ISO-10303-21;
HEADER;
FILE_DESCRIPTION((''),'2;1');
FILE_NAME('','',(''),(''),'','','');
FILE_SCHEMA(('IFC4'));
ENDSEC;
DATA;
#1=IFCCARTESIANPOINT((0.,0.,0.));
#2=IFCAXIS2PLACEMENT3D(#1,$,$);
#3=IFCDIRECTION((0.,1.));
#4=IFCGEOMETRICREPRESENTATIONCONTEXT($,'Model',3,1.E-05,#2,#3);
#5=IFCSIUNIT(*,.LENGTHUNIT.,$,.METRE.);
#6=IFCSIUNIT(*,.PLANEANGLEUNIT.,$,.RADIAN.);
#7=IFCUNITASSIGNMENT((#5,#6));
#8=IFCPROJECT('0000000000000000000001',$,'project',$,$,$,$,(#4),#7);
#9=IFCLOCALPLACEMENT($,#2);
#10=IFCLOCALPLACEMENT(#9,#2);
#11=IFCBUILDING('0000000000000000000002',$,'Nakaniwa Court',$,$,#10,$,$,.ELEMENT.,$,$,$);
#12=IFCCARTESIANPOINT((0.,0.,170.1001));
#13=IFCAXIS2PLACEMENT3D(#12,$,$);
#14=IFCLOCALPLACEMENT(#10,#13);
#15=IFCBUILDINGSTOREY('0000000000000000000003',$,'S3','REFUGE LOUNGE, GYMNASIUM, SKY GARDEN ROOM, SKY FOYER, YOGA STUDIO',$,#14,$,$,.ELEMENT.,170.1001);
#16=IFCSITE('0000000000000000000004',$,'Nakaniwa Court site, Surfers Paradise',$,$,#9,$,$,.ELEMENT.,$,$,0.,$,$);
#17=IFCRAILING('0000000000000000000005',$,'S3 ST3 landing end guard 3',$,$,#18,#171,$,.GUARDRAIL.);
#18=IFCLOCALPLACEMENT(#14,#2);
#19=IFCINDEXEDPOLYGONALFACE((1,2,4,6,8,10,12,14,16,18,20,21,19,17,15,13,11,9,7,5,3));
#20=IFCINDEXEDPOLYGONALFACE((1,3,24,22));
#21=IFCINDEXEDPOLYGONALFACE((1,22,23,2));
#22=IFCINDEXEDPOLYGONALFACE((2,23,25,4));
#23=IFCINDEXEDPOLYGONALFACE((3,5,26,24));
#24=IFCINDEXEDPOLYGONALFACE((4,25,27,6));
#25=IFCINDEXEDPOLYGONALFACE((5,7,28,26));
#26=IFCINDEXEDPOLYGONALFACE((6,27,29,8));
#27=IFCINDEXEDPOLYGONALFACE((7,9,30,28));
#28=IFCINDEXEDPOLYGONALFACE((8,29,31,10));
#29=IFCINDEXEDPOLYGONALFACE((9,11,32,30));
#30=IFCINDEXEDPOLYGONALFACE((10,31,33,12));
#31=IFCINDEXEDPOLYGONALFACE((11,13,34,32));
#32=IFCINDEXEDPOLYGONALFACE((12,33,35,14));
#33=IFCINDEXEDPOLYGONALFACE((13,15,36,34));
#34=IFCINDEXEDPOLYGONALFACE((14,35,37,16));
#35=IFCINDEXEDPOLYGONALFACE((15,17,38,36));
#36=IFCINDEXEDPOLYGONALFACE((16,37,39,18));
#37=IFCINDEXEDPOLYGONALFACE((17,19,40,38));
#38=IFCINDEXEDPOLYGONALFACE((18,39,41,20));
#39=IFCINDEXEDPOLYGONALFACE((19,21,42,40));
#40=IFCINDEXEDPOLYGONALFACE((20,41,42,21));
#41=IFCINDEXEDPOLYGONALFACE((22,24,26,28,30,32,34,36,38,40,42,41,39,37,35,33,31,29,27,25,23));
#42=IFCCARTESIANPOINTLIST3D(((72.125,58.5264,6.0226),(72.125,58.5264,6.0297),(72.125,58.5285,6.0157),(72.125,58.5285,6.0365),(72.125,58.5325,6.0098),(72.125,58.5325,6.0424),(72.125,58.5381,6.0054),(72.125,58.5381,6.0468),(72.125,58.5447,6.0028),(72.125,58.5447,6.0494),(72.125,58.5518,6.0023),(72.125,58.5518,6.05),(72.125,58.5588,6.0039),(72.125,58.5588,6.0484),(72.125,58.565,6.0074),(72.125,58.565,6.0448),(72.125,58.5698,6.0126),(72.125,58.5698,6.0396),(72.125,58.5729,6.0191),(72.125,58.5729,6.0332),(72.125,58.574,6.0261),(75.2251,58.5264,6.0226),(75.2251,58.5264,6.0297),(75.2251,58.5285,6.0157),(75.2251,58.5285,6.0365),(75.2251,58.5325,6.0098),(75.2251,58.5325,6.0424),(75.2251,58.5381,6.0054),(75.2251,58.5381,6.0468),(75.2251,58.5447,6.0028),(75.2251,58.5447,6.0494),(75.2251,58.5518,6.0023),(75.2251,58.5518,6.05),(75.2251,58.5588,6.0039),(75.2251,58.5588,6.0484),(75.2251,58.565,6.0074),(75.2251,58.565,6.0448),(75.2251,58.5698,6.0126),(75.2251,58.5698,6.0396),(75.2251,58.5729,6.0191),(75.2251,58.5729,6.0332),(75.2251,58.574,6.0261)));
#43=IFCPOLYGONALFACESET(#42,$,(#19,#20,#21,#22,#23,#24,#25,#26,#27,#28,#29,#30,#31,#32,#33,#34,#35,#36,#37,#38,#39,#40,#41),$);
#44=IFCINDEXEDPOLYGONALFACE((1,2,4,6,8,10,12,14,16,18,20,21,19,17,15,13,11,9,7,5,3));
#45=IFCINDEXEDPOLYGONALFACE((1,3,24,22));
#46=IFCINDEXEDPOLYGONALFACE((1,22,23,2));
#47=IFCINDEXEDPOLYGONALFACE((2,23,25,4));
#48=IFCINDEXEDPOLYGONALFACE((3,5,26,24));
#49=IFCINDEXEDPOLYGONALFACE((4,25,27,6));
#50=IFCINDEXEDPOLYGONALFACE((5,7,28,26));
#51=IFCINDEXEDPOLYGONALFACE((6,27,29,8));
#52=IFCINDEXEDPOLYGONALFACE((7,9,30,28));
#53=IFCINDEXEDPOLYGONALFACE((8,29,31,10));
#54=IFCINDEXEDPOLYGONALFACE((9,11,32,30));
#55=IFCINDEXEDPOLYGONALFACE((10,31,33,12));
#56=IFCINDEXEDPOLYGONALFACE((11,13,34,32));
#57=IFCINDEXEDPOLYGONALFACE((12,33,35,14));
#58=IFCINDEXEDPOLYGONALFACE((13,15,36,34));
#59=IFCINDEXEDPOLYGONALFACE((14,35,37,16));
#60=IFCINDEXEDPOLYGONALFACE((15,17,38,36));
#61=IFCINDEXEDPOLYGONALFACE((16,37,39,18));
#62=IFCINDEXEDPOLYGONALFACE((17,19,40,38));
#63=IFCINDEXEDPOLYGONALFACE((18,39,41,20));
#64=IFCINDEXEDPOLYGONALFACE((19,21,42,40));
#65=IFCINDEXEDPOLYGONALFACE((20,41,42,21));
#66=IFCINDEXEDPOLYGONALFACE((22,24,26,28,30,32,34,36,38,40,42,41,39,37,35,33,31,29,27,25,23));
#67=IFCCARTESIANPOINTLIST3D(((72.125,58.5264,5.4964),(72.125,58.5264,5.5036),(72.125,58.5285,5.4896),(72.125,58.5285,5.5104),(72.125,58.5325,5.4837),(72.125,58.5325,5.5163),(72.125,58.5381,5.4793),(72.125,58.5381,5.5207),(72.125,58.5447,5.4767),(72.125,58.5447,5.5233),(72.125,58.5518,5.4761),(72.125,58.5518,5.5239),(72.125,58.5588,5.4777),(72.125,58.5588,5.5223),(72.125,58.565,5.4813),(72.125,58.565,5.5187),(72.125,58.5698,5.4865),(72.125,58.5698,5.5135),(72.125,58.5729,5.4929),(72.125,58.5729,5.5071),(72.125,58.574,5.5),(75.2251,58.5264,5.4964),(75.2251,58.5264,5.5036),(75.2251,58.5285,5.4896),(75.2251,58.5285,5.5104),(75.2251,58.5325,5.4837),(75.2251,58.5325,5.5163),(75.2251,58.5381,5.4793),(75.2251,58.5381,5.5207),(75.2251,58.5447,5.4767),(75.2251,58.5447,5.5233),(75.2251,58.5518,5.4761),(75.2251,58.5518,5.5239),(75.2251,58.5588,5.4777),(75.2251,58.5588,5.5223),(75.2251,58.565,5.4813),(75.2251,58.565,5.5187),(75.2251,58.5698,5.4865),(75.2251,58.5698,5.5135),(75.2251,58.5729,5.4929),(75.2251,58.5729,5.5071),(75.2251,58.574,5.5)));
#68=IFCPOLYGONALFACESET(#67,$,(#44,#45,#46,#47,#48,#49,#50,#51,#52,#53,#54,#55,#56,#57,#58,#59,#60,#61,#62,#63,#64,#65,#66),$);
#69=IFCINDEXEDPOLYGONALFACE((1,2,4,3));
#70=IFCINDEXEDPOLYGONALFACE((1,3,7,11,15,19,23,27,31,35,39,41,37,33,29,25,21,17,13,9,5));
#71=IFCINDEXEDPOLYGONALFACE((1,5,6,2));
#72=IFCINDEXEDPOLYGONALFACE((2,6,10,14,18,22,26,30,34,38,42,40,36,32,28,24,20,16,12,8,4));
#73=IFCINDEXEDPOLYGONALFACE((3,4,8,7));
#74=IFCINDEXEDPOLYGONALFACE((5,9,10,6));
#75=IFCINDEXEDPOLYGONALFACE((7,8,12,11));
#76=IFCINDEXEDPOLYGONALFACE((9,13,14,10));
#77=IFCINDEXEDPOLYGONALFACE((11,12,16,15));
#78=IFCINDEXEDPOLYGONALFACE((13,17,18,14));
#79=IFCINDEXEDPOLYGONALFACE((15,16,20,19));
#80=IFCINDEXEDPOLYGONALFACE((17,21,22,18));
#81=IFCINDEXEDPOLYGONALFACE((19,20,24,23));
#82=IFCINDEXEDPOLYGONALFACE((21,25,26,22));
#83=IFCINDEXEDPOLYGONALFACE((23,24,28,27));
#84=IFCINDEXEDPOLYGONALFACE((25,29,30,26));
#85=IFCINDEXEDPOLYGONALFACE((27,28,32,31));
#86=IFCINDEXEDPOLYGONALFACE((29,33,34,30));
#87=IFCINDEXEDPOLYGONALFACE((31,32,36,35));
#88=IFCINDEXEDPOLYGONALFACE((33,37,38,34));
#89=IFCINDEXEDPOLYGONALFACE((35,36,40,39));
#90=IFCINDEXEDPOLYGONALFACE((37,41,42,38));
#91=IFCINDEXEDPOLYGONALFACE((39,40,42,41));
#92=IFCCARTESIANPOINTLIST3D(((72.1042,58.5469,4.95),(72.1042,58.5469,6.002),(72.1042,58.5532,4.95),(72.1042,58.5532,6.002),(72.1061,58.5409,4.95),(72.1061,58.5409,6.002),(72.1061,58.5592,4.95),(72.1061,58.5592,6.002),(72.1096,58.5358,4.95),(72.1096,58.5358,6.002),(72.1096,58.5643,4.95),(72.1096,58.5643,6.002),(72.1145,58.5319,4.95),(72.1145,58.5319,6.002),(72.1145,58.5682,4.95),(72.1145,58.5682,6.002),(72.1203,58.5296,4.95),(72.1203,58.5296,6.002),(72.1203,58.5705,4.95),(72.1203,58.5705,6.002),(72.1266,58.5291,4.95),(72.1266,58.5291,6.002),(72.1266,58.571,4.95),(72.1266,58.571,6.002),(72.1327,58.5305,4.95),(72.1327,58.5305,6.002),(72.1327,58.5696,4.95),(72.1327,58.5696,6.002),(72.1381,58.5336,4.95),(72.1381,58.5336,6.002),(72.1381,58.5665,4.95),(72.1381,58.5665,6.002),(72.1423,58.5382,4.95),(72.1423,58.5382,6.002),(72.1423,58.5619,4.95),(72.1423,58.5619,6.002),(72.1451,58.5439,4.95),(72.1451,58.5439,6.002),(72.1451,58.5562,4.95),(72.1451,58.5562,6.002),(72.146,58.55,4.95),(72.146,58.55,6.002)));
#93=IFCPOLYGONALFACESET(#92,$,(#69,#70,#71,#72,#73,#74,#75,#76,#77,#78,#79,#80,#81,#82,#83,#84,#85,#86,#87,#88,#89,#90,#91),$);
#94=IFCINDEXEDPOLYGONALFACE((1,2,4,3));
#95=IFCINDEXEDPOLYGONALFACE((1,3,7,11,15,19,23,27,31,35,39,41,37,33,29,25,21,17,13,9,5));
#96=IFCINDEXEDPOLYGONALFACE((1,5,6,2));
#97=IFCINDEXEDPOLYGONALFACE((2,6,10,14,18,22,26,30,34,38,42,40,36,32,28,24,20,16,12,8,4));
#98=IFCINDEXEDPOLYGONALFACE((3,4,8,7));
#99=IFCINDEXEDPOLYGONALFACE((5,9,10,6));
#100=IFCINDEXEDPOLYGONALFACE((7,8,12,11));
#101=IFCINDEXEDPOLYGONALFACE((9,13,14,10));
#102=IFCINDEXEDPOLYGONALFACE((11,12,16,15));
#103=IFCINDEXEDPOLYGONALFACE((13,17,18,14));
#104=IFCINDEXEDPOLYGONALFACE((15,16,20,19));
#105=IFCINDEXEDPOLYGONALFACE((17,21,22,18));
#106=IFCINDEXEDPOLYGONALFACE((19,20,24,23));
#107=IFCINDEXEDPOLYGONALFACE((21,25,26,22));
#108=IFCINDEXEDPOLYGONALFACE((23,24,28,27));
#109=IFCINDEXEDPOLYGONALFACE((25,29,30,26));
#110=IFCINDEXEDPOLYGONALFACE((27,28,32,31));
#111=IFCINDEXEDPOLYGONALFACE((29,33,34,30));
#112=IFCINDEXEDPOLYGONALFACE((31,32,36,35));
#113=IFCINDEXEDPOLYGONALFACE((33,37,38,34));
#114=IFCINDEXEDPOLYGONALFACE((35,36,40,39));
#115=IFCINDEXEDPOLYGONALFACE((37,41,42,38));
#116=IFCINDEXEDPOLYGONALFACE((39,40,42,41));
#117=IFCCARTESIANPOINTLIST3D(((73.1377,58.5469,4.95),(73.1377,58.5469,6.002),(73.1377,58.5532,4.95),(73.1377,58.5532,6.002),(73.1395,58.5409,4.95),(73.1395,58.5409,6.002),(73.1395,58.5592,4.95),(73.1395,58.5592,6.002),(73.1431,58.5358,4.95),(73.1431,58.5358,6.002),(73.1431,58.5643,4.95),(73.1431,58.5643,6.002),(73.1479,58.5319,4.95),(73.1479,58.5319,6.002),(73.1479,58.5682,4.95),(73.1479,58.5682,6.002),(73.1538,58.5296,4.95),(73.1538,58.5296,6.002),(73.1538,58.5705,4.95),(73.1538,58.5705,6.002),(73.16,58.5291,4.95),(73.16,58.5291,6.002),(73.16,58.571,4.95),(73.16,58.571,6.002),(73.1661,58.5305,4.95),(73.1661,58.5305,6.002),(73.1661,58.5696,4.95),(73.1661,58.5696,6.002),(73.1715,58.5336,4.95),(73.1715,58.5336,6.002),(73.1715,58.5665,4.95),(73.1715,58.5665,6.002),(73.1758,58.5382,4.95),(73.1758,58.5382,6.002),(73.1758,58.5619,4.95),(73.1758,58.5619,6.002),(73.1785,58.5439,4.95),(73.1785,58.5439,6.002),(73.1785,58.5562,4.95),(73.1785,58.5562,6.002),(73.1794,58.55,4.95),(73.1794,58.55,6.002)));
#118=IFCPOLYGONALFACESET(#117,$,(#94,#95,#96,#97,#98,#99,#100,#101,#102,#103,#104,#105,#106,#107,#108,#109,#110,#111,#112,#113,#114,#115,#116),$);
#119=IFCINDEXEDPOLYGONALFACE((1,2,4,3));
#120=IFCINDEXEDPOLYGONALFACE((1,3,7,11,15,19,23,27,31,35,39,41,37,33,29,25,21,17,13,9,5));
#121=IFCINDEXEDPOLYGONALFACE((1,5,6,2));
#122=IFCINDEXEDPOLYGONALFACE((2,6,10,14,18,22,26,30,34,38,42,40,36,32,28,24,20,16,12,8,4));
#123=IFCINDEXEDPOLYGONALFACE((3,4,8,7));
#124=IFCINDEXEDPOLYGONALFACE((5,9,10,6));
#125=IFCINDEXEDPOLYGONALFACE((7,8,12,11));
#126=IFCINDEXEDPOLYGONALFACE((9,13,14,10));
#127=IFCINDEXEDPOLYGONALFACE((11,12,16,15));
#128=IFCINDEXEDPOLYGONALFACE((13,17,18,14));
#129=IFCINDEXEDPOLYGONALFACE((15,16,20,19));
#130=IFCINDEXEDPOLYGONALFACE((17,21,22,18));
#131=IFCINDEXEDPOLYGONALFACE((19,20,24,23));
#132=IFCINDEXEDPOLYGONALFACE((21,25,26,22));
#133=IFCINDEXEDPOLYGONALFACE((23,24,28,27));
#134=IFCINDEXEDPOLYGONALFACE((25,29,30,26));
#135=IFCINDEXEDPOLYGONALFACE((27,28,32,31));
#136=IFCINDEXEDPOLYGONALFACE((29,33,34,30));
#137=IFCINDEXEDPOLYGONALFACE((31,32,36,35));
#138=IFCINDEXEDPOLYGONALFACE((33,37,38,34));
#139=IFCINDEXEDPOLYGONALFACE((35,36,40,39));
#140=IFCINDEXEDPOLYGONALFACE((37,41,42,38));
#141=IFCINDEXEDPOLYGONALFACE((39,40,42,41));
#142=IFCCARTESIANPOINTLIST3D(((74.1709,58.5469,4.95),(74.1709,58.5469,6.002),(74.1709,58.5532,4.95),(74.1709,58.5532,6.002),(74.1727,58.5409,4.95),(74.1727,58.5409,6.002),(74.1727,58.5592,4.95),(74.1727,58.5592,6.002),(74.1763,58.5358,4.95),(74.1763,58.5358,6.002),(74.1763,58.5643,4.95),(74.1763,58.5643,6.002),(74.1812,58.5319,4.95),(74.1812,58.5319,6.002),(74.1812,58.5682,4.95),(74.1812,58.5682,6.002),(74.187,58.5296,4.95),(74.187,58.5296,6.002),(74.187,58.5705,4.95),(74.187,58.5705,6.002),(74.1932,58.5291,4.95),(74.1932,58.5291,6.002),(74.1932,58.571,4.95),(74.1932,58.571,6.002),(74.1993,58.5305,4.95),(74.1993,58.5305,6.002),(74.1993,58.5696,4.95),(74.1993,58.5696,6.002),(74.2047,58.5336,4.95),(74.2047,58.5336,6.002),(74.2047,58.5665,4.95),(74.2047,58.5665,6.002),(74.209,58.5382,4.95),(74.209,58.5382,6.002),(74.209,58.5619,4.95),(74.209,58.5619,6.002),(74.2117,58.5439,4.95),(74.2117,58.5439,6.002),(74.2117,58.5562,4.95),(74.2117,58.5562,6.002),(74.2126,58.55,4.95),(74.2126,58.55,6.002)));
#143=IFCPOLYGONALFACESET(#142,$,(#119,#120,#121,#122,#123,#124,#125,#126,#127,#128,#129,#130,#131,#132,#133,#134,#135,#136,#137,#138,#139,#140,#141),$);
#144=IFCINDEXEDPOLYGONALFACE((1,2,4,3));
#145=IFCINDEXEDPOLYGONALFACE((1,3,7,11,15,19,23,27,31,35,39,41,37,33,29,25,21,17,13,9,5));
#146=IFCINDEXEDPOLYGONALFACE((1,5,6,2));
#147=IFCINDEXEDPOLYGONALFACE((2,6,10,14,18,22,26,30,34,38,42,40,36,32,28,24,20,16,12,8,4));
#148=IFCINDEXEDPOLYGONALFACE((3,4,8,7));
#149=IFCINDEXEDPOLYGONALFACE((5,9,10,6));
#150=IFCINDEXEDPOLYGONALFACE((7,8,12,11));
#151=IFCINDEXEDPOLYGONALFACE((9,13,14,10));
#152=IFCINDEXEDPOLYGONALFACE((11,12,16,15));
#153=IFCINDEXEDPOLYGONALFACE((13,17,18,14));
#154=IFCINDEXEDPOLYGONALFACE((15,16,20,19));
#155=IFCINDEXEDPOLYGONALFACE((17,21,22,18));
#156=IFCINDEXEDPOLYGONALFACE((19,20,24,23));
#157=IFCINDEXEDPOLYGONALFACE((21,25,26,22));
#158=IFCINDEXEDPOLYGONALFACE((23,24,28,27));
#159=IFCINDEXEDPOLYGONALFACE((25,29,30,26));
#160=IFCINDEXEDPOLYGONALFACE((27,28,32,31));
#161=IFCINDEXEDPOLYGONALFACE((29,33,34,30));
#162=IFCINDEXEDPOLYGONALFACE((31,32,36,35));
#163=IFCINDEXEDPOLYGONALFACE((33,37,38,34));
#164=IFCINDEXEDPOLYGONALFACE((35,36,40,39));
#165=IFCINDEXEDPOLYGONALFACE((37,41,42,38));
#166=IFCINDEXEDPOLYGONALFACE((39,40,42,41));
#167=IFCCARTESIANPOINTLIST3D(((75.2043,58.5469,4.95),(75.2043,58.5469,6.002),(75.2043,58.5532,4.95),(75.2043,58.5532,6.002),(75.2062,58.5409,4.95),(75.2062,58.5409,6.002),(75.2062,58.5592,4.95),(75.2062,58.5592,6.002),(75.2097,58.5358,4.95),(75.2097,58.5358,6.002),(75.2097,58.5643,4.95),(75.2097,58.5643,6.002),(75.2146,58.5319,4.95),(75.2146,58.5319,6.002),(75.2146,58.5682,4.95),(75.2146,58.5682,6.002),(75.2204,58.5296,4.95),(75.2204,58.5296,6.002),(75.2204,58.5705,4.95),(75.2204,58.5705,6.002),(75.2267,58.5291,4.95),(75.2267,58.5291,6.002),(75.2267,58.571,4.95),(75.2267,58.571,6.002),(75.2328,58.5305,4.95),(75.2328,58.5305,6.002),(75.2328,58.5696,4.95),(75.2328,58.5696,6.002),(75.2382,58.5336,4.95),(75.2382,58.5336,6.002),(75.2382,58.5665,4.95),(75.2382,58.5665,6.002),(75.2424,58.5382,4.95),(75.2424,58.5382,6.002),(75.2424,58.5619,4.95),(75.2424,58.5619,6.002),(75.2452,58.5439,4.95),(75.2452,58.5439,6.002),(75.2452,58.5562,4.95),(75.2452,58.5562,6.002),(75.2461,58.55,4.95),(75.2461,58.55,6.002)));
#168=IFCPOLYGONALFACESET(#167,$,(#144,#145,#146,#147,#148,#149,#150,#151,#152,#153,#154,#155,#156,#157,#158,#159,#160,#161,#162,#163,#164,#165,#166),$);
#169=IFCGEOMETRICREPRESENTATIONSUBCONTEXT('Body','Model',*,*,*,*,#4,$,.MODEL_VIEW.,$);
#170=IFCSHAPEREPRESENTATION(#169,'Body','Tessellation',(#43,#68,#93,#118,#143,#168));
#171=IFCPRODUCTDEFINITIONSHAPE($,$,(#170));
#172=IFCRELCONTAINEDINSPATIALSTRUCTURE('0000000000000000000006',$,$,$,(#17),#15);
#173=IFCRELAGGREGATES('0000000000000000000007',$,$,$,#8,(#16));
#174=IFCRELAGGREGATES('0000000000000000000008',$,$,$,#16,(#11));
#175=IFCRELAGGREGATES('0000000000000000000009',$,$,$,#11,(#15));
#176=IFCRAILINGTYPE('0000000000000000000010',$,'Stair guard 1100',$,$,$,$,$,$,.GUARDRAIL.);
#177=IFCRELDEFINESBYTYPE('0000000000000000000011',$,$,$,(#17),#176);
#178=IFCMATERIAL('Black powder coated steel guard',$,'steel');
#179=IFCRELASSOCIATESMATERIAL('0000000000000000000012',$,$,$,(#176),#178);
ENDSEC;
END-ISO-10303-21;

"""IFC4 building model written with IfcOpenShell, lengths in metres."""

from ifc_helpers import new_model, si_unit, direction, frame, origin, origin_2d, place, context, subcontext, project, spatial, circle, extrude, material, type_object, element, save


model = new_model("IFC4")

# Units and contexts
model_context = context("Model", 3, precision=1e-05, world=origin(), true_north=direction((0.0, 1.0)))
body_context = subcontext(model_context, "Body", "Model", "MODEL_VIEW")
ifc_project = project(units=[si_unit("LENGTHUNIT", "METRE"), si_unit("PLANEANGLEUNIT", "RADIAN")], contexts=[model_context])

# Site, building, storey
site_placement = place(None, origin())
site = spatial("IfcSite", under=ifc_project, at=site_placement, Name="Nakaniwa Court site, Surfers Paradise", CompositionType="ELEMENT", RefElevation=0.0)
building_placement = place(site_placement, origin())
building = spatial("IfcBuilding", under=site, at=building_placement, Name="Nakaniwa Court", CompositionType="ELEMENT")
storey_placement = place(building_placement, frame((0.0, 0.0, 170.1001)))
storey = spatial("IfcBuildingStorey", under=building, at=storey_placement, Name="S3", Description="REFUGE LOUNGE, GYMNASIUM, SKY GARDEN ROOM, SKY FOYER, YOGA STUDIO", CompositionType="ELEMENT", Elevation=170.1001)

# Railing
ifc_material_1 = material(Name="Black powder coated steel guard", Category="steel")
railing_type_1 = type_object("IfcRailingType", Name="Stair guard 1100", PredefinedType="GUARDRAIL", material=ifc_material_1)
railing_1_placement = place(storey_placement, frame((72.125, 58.55, 4.95)))
element("IfcRailing", 1, at=railing_1_placement, inside=storey, type_object=railing_type_1, Name="S3 ST3 landing end guard 3", PredefinedType="GUARDRAIL", context=body_context, shape_type="SweptSolid", body=[
    extrude(circle(Radius=0.0239, at=origin_2d()), frame((0.0, 0.0, 1.0762), z_axis=(1.0, 0.0, 0.0), x_axis=(0.0, 1.0, 0.0)), (0.0, 0.0, 1.0), 3.1001),
    extrude(circle(Radius=0.0239, at=origin_2d()), frame((0.0, 0.0, 0.55), z_axis=(1.0, 0.0, 0.0), x_axis=(0.0, 1.0, 0.0)), (0.0, 0.0, 1.0), 3.1001),
    extrude(circle(Radius=0.021, at=origin_2d()), origin(), (0.0, 0.0, 1.0), 1.052),
    extrude(circle(Radius=0.021, at=origin_2d()), frame((1.0334, 0.0, 0.0)), (0.0, 0.0, 1.0), 1.052),
    extrude(circle(Radius=0.021, at=origin_2d()), frame((2.0667, 0.0, 0.0)), (0.0, 0.0, 1.0), 1.052),
    extrude(circle(Radius=0.021, at=origin_2d()), frame((3.1001, 0.0, 0.0)), (0.0, 0.0, 1.0), 1.052),
])

save(model, "model.ifc")
